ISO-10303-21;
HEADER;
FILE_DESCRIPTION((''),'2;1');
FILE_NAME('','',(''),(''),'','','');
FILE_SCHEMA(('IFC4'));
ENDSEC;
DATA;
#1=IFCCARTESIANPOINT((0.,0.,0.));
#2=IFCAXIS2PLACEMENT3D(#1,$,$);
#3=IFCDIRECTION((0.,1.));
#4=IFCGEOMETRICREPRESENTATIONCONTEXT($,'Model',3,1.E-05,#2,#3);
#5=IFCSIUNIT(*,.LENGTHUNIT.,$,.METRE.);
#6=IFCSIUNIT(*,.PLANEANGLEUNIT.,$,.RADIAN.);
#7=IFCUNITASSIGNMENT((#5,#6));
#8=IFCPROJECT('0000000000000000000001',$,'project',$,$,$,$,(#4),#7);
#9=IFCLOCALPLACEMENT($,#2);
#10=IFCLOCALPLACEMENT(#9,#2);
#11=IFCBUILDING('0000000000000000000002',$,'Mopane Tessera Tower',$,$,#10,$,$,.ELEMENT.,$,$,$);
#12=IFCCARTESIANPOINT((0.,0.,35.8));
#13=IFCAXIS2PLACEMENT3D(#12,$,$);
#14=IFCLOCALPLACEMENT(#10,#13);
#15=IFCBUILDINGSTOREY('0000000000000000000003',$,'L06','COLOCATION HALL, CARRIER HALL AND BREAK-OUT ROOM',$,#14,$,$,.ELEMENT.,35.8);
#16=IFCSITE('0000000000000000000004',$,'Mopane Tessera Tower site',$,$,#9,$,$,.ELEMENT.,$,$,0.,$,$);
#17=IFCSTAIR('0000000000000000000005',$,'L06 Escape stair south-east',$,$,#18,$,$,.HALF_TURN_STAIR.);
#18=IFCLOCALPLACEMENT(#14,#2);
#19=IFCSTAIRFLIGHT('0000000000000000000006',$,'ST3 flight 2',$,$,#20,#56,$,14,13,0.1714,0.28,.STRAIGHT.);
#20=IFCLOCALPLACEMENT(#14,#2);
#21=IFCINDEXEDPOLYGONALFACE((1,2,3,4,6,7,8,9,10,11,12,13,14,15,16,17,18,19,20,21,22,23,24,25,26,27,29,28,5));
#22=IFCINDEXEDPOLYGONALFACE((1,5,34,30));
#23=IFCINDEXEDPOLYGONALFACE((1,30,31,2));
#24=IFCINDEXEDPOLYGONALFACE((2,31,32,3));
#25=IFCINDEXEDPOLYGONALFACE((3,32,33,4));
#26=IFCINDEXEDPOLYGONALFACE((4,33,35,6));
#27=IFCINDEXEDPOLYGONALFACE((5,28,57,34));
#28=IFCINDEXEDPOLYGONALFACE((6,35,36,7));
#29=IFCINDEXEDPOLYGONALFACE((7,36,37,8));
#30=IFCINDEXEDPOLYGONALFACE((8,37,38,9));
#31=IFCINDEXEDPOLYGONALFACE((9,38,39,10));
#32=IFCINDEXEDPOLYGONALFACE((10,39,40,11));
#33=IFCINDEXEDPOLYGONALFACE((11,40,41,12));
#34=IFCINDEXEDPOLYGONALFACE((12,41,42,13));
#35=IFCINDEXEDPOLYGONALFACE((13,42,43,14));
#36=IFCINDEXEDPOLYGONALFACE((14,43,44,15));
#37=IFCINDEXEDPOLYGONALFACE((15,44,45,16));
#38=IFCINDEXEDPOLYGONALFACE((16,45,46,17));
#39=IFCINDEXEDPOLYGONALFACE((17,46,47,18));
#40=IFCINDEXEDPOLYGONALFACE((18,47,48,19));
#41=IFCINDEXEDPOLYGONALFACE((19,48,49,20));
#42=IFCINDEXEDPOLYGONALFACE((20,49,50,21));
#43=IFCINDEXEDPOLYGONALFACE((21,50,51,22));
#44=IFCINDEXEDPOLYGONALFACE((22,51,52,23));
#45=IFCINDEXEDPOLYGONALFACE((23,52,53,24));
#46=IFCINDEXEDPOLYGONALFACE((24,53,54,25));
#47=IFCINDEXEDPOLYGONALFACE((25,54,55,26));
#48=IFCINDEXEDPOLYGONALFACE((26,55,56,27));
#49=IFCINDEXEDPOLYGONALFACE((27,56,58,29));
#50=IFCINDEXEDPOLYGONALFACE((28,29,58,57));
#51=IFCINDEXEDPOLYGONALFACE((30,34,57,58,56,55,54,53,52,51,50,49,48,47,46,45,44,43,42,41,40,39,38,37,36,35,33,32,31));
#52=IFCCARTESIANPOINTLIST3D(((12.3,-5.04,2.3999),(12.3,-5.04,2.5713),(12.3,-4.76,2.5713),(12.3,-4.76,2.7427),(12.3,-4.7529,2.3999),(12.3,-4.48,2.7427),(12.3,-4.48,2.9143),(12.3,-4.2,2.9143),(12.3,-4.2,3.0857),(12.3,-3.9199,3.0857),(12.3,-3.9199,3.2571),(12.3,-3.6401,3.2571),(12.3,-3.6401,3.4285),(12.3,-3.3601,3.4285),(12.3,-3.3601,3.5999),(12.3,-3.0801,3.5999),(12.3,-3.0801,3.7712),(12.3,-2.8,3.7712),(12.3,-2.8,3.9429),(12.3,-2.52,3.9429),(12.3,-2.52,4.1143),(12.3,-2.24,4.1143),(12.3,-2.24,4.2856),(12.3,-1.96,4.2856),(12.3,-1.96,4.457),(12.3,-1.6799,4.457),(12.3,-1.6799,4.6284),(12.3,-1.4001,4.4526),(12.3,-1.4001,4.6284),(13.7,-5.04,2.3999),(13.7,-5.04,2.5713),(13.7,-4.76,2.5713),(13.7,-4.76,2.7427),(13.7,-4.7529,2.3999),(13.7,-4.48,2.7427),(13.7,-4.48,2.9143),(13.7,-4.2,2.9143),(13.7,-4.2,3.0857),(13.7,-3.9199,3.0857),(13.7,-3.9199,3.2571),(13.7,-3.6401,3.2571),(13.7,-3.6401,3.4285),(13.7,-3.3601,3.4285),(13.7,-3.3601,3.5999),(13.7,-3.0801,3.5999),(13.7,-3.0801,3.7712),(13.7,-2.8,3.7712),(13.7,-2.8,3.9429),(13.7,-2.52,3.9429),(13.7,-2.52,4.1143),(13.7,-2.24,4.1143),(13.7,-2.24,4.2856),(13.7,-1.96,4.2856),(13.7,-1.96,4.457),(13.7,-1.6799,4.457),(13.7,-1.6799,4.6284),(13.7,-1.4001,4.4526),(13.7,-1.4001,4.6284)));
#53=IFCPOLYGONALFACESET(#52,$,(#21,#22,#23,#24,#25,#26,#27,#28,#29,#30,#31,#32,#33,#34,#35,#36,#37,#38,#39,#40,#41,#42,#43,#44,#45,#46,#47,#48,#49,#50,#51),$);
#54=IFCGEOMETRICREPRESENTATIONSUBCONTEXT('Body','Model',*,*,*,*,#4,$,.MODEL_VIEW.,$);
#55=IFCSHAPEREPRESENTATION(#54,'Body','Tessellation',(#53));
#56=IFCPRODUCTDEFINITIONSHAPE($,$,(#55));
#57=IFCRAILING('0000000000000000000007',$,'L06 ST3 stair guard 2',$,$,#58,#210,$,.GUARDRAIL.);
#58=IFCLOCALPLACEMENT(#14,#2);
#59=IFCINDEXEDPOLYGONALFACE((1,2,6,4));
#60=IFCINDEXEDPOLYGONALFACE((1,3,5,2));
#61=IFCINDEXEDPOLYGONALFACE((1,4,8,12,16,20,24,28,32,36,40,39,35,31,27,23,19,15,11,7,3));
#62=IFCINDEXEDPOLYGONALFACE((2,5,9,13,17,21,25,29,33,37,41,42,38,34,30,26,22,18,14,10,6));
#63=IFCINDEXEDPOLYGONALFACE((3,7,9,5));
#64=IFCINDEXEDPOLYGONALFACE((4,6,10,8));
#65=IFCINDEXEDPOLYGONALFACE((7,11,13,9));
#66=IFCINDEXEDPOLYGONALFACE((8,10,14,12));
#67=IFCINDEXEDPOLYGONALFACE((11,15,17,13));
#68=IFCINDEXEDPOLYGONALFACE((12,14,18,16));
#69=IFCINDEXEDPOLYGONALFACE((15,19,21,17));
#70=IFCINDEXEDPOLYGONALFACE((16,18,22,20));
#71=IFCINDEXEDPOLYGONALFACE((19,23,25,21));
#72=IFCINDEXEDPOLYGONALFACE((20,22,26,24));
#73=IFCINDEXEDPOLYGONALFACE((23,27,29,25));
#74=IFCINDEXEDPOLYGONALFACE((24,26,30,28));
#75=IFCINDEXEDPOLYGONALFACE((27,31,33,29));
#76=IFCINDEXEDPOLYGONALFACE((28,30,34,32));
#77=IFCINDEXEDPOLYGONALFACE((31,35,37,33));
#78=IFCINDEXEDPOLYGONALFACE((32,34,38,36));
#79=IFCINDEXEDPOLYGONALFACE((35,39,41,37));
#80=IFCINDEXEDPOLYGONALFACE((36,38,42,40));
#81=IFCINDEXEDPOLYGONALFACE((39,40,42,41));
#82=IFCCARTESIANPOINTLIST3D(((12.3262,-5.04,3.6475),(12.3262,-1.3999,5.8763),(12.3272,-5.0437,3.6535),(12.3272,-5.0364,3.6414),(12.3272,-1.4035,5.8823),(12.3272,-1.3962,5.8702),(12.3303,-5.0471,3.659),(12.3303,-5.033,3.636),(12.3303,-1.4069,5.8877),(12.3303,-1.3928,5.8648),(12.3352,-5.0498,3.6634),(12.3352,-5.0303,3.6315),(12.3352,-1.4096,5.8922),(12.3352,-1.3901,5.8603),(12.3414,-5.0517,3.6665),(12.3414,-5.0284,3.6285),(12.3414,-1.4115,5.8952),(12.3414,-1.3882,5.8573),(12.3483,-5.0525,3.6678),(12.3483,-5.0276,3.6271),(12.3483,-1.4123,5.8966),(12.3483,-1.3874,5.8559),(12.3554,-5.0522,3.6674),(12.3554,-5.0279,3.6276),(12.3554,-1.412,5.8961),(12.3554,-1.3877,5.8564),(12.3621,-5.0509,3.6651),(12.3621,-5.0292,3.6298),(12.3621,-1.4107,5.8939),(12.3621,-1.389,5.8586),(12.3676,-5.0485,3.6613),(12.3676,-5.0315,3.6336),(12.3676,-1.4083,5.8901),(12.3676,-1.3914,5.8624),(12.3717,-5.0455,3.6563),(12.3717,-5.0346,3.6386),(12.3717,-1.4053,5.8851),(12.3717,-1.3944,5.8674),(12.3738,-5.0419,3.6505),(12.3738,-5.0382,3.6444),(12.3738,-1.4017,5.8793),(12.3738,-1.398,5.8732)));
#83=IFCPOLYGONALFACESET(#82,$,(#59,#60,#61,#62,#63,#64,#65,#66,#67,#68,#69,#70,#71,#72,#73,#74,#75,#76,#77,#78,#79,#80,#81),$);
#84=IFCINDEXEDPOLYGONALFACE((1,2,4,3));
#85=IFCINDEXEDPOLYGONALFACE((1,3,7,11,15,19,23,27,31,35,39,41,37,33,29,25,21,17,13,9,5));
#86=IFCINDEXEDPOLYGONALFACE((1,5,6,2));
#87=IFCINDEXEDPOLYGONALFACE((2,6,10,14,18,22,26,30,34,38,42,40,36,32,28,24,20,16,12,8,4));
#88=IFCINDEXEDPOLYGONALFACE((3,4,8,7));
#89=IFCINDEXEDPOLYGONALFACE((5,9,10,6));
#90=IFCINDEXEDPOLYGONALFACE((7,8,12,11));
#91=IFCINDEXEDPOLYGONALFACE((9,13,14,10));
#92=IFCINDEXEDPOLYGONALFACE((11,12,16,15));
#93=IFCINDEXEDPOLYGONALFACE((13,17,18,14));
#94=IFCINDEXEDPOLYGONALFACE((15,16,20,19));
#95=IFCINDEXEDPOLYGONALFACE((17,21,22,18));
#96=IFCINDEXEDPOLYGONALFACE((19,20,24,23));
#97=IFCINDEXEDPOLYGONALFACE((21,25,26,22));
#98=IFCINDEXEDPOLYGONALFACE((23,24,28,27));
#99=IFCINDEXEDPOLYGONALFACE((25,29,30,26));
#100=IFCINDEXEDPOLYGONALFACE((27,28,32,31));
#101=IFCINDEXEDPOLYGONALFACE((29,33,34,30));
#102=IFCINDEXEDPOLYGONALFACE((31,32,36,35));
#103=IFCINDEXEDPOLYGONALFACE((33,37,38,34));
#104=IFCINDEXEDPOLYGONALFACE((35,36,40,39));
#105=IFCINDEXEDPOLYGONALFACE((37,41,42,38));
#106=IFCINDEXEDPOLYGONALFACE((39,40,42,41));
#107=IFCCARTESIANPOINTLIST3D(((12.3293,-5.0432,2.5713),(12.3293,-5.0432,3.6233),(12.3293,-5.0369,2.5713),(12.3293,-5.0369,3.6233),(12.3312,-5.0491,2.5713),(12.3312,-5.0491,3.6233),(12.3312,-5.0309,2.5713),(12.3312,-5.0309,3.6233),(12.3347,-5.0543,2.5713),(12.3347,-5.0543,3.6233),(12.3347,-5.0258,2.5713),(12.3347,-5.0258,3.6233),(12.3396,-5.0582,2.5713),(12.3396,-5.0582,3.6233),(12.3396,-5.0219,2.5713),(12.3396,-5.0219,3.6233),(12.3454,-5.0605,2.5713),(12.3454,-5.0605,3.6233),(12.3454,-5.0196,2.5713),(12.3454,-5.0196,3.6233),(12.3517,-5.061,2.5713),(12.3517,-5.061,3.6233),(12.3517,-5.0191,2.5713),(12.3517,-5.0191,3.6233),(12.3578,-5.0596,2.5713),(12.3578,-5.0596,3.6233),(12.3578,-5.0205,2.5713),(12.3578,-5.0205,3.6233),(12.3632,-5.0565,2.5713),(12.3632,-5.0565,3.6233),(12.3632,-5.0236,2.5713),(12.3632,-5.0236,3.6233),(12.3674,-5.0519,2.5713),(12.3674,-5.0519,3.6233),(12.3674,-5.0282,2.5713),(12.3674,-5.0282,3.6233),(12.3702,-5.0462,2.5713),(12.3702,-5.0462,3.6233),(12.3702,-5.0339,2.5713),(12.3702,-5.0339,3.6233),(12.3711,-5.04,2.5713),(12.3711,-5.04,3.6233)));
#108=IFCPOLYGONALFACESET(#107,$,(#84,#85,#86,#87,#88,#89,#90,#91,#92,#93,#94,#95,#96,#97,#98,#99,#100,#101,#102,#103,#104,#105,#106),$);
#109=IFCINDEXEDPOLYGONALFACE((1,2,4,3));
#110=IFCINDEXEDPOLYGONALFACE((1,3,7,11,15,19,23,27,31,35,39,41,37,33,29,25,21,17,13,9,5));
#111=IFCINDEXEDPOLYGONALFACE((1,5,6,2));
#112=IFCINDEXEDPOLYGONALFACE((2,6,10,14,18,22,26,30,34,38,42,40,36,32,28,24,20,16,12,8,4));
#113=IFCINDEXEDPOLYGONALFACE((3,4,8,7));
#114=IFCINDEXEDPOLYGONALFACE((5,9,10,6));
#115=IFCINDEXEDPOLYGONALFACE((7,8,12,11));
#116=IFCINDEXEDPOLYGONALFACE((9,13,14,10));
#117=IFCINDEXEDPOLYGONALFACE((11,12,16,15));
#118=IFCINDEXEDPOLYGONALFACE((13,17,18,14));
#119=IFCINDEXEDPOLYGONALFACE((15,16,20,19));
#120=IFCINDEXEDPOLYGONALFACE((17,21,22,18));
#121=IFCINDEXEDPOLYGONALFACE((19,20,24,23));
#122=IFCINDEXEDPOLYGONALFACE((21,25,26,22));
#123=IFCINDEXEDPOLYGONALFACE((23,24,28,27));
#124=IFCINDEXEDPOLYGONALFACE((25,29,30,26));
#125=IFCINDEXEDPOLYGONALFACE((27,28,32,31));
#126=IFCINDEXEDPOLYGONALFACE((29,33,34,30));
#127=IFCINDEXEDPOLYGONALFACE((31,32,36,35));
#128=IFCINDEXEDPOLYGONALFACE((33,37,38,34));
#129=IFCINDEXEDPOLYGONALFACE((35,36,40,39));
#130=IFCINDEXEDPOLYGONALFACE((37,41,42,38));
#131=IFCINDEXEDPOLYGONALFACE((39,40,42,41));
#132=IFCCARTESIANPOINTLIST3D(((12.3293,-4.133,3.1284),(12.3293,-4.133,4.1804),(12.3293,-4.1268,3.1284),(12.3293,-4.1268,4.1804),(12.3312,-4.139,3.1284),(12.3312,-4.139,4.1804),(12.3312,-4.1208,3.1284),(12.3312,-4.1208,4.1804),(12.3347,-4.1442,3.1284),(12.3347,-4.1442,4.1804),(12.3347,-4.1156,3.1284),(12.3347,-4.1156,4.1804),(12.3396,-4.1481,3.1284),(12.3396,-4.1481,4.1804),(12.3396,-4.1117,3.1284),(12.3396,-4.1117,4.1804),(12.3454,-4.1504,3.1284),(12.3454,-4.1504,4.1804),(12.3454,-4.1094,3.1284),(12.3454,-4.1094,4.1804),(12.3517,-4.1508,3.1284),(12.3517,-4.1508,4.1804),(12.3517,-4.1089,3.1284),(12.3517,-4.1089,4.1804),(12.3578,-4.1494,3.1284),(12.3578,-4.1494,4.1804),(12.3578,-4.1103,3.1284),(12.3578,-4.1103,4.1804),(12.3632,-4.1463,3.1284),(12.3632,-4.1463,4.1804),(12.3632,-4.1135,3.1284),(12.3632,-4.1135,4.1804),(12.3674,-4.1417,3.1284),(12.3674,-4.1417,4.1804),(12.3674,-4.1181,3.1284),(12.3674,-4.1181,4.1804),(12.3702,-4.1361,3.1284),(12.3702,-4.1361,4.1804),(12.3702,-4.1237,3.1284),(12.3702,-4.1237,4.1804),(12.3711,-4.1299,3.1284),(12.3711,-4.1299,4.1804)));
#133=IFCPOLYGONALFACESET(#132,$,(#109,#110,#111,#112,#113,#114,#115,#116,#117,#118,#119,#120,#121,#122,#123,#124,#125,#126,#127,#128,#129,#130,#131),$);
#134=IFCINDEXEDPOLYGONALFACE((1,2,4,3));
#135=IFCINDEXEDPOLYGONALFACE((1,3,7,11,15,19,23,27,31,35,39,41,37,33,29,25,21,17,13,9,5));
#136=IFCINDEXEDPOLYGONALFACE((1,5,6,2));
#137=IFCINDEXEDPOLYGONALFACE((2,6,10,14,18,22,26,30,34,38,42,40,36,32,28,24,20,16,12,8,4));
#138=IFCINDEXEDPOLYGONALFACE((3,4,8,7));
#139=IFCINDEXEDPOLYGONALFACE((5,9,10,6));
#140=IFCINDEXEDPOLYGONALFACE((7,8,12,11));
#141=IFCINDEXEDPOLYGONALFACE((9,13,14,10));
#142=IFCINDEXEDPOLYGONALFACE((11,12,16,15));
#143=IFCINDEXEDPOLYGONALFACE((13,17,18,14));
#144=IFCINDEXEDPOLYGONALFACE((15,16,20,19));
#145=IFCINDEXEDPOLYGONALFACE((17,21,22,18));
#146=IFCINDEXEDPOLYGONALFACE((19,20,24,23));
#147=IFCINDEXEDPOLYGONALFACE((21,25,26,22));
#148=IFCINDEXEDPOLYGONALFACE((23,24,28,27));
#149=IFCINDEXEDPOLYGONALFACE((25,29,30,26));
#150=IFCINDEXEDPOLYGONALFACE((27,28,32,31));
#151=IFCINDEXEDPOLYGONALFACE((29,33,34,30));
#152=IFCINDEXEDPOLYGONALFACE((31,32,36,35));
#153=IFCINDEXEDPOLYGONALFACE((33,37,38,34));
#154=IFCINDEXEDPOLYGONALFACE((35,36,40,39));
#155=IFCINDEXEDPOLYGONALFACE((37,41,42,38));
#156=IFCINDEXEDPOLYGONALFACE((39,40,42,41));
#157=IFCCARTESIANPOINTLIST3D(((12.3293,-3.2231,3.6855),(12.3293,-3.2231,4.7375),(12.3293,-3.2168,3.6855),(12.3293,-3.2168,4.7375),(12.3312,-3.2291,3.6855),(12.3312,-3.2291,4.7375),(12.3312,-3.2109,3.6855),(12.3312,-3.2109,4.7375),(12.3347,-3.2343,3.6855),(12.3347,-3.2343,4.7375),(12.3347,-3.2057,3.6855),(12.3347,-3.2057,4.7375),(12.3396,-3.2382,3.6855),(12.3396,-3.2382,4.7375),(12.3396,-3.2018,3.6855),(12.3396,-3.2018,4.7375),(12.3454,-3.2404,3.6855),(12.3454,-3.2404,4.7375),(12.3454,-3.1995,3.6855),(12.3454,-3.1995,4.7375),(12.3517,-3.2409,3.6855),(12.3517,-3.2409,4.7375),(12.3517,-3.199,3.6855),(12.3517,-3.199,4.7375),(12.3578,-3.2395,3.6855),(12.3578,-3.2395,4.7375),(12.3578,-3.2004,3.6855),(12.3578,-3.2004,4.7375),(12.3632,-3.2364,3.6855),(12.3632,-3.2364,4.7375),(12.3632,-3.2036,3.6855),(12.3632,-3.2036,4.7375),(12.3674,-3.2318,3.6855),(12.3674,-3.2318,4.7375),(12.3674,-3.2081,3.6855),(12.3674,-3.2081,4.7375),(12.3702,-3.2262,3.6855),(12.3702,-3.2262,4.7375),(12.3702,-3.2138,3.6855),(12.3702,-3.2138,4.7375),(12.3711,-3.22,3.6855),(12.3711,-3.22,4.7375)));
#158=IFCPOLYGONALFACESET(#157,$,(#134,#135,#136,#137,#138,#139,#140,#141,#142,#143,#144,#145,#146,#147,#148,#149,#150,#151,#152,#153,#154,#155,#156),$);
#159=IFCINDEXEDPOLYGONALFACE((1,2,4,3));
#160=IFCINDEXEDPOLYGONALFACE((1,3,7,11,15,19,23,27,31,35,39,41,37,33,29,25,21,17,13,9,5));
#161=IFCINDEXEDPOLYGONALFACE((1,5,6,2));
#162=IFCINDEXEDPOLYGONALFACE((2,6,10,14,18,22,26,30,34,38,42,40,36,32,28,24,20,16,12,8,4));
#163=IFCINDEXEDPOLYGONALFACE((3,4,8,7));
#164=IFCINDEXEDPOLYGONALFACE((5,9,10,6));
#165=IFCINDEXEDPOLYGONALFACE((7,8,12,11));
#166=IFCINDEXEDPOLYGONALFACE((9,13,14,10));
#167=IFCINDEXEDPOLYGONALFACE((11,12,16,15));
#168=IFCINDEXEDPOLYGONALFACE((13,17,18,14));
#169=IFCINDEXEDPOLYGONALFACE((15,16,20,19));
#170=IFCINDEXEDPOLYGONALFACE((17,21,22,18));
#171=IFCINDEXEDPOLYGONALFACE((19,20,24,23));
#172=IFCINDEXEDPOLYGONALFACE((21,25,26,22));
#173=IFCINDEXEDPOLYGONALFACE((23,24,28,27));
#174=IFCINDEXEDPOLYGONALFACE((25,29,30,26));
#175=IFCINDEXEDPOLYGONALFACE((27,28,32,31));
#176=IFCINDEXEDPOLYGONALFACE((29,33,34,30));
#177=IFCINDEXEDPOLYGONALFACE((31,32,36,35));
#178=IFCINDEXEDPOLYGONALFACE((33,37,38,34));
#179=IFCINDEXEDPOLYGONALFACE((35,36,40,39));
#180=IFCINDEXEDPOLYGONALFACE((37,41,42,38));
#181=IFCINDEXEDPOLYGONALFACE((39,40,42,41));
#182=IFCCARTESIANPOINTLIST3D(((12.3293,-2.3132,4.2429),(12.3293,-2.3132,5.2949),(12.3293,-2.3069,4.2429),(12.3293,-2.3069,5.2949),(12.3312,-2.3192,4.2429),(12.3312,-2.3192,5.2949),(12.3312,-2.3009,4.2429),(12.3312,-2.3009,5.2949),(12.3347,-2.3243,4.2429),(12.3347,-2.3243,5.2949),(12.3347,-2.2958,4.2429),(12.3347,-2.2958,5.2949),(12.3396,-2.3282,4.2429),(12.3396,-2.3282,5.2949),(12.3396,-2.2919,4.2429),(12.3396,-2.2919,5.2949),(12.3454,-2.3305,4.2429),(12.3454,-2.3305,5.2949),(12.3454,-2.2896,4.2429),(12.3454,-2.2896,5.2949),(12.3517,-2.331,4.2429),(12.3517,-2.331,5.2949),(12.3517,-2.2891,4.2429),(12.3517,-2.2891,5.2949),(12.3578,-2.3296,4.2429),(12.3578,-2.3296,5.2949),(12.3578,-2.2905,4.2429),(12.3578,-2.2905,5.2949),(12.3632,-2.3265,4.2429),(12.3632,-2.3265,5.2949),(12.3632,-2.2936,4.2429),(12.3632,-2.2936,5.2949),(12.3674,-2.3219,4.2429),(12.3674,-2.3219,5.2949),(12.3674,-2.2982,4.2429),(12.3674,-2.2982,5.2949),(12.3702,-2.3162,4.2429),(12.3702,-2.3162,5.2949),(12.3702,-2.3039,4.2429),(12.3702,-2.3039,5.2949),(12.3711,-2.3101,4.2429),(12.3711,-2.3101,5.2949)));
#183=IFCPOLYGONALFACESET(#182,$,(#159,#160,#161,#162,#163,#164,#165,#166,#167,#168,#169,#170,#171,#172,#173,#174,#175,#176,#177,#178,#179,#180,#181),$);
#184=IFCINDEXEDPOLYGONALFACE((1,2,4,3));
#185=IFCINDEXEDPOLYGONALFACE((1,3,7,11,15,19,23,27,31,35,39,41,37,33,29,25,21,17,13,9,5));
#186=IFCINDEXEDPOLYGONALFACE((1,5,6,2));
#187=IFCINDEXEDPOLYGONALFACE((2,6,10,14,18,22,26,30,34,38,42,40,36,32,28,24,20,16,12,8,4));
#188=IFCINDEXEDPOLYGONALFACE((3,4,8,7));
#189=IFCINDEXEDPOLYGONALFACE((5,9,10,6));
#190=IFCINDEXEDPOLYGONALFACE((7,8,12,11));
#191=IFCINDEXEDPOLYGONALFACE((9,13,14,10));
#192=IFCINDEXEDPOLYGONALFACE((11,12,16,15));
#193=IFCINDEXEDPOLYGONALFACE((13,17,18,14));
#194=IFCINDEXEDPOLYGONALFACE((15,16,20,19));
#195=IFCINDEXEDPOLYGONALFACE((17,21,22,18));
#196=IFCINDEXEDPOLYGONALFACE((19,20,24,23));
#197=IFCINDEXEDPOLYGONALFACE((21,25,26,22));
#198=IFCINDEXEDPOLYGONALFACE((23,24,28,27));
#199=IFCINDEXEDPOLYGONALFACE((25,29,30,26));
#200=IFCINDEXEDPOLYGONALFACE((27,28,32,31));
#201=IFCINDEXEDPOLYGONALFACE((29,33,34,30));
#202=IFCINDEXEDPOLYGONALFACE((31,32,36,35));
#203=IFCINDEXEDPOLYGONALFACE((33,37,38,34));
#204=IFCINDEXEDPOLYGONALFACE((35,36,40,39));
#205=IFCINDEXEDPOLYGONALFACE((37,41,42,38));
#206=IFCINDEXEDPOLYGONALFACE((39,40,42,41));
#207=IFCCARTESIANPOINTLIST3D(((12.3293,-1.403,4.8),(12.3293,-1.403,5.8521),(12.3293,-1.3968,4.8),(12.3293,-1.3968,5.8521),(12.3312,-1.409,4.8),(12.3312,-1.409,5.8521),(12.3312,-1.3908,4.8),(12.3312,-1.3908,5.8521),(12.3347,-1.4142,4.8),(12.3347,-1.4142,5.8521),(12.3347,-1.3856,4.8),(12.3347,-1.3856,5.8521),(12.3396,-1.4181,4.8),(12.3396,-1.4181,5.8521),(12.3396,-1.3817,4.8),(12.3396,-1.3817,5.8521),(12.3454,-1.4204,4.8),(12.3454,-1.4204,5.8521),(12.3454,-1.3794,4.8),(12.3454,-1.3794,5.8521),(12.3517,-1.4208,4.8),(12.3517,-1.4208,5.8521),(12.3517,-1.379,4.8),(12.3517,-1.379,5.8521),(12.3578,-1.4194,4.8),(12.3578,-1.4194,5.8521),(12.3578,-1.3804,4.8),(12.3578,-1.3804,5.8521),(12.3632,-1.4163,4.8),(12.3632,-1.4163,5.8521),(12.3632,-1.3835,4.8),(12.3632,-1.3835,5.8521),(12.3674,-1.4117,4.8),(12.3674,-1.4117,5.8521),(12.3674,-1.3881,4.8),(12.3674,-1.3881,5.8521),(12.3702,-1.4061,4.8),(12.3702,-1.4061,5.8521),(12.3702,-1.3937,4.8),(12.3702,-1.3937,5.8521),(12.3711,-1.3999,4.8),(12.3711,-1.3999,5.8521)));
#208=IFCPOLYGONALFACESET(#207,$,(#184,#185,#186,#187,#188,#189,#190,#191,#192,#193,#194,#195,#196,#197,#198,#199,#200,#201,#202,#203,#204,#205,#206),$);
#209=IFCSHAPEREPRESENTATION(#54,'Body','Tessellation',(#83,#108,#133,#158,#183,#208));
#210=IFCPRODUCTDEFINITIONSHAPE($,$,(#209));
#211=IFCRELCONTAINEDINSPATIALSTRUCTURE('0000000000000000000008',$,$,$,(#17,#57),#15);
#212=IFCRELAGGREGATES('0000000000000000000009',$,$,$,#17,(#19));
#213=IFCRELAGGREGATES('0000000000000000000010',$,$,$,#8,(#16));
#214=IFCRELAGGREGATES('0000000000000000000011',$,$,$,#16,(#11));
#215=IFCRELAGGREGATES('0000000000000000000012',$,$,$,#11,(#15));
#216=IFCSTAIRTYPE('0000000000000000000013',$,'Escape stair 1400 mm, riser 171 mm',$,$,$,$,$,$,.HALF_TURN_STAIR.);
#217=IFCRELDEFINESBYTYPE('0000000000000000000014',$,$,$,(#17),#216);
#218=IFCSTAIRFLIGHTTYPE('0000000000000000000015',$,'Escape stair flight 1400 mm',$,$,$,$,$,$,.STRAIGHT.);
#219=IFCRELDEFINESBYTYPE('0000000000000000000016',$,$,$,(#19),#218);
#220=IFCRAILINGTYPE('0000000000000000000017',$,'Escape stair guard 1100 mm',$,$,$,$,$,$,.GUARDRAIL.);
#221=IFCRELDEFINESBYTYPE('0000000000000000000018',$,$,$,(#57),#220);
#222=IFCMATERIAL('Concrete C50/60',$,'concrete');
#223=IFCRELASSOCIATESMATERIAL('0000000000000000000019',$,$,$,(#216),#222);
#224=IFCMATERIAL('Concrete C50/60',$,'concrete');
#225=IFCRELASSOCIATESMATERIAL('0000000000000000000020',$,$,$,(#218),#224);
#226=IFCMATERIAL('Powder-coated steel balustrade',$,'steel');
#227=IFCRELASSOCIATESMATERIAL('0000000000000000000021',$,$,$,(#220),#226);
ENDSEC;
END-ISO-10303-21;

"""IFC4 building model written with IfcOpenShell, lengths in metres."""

from ifc_helpers import new_model, si_unit, direction, frame, origin, origin_2d, place, context, subcontext, project, spatial, polyline, circle, outline, extrude, material, type_object, element, aggregate, save


model = new_model("IFC4")

# Units and contexts
model_context = context("Model", 3, precision=1e-05, world=origin(), true_north=direction((0.0, 1.0)))
body_context = subcontext(model_context, "Body", "Model", "MODEL_VIEW")
ifc_project = project(units=[si_unit("LENGTHUNIT", "METRE"), si_unit("PLANEANGLEUNIT", "RADIAN")], contexts=[model_context])

# Site, building, storey
site_placement = place(None, origin())
site = spatial("IfcSite", under=ifc_project, at=site_placement, Name="Mopane Tessera Tower site", CompositionType="ELEMENT", RefElevation=0.0)
building_placement = place(site_placement, origin())
building = spatial("IfcBuilding", under=site, at=building_placement, Name="Mopane Tessera Tower", CompositionType="ELEMENT")
storey_placement = place(building_placement, frame((0.0, 0.0, 35.8)))
storey = spatial("IfcBuildingStorey", under=building, at=storey_placement, Name="L06", Description="COLOCATION HALL, CARRIER HALL AND BREAK-OUT ROOM", CompositionType="ELEMENT", Elevation=35.8)

# Stair, stair flight
ifc_material_1 = material(Name="Concrete C50/60", Category="concrete")
stair_type = type_object("IfcStairType", Name="Escape stair 1400 mm, riser 171 mm", PredefinedType="HALF_TURN_STAIR", material=ifc_material_1)
stair_placement = place(storey_placement, origin())
stair = element("IfcStair", 1, at=stair_placement, inside=storey, type_object=stair_type, Name="L06 Escape stair south-east", PredefinedType="HALF_TURN_STAIR")
ifc_material_2 = material(Name="Concrete C50/60", Category="concrete")
stair_flight_type = type_object("IfcStairFlightType", Name="Escape stair flight 1400 mm", PredefinedType="STRAIGHT", material=ifc_material_2)
stair_flight_1_placement = place(storey_placement, frame((13.0, -5.04, 2.3999), z_axis=(0.0, 0.0, 1.0), x_axis=(0.0, 1.0, 0.0)))
stair_flight_1 = element("IfcStairFlight", 2, at=stair_flight_1_placement, type_object=stair_flight_type, Name="ST3 flight 2", NumberOfRisers=14, NumberOfTreads=13, PredefinedType="STRAIGHT", RiserHeight=0.1714, TreadLength=0.28, context=body_context, shape_type="SweptSolid", body=[
    extrude(outline(polyline([(0.0, 0.0), (0.0, 0.1714), (0.28, 0.1714), (0.28, 0.3428), (0.5601, 0.3428), (0.5601, 0.5144), (0.8401, 0.5144), (0.8401, 0.6858), (1.1201, 0.6858), (1.1201, 0.8572), (1.3999, 0.8572), (1.3999, 1.0286), (1.6799, 1.0286), (1.6799, 1.2), (1.96, 1.2), (1.96, 1.3713), (2.24, 1.3713), (2.24, 1.543), (2.52, 1.543), (2.52, 1.7144), (2.8, 1.7144), (2.8, 1.8857), (3.0801, 1.8857), (3.0801, 2.0571), (3.3601, 2.0571), (3.3601, 2.2285), (3.6399, 2.2285), (3.6399, 2.3999), (3.6399, 2.0527), (0.2871, 0.0), (0.0, 0.0)])), frame((0.0, 0.7, 0.0), z_axis=(0.0, -1.0, 0.0), x_axis=(1.0, 0.0, 0.0)), (0.0, 0.0, 1.0), 1.3999),
])
aggregate(stair, [stair_flight_1])

# Railing
ifc_material_3 = material(Name="Powder-coated steel balustrade", Category="steel")
railing_type_1 = type_object("IfcRailingType", Name="Escape stair guard 1100 mm", PredefinedType="GUARDRAIL", material=ifc_material_3)
railing_1_placement = place(storey_placement, frame((12.3501, -5.04, 2.5713)))
element("IfcRailing", 3, at=railing_1_placement, inside=storey, type_object=railing_type_1, Name="L06 ST3 stair guard 2", PredefinedType="GUARDRAIL", context=body_context, shape_type="SweptSolid", body=[
    extrude(circle(Radius=0.0239, at=origin_2d()), frame((0.0, 0.0, 1.0762), z_axis=(0.0, 0.85284, 0.522172), x_axis=(-1.0, 0.0, 0.0)), (0.0, 0.0, 1.0), 4.2683),
    extrude(circle(Radius=0.021, at=origin_2d()), origin(), (0.0, 0.0, 1.0), 1.052),
    extrude(circle(Radius=0.021, at=origin_2d()), frame((0.0, 0.9102, 0.5571)), (0.0, 0.0, 1.0), 1.052),
    extrude(circle(Radius=0.021, at=origin_2d()), frame((0.0, 1.8201, 1.1143)), (0.0, 0.0, 1.0), 1.052),
    extrude(circle(Radius=0.021, at=origin_2d()), frame((0.0, 2.73, 1.6716)), (0.0, 0.0, 1.0), 1.052),
    extrude(circle(Radius=0.021, at=origin_2d()), frame((0.0, 3.6401, 2.2288)), (0.0, 0.0, 1.0), 1.052),
])

save(model, "model.ifc")
